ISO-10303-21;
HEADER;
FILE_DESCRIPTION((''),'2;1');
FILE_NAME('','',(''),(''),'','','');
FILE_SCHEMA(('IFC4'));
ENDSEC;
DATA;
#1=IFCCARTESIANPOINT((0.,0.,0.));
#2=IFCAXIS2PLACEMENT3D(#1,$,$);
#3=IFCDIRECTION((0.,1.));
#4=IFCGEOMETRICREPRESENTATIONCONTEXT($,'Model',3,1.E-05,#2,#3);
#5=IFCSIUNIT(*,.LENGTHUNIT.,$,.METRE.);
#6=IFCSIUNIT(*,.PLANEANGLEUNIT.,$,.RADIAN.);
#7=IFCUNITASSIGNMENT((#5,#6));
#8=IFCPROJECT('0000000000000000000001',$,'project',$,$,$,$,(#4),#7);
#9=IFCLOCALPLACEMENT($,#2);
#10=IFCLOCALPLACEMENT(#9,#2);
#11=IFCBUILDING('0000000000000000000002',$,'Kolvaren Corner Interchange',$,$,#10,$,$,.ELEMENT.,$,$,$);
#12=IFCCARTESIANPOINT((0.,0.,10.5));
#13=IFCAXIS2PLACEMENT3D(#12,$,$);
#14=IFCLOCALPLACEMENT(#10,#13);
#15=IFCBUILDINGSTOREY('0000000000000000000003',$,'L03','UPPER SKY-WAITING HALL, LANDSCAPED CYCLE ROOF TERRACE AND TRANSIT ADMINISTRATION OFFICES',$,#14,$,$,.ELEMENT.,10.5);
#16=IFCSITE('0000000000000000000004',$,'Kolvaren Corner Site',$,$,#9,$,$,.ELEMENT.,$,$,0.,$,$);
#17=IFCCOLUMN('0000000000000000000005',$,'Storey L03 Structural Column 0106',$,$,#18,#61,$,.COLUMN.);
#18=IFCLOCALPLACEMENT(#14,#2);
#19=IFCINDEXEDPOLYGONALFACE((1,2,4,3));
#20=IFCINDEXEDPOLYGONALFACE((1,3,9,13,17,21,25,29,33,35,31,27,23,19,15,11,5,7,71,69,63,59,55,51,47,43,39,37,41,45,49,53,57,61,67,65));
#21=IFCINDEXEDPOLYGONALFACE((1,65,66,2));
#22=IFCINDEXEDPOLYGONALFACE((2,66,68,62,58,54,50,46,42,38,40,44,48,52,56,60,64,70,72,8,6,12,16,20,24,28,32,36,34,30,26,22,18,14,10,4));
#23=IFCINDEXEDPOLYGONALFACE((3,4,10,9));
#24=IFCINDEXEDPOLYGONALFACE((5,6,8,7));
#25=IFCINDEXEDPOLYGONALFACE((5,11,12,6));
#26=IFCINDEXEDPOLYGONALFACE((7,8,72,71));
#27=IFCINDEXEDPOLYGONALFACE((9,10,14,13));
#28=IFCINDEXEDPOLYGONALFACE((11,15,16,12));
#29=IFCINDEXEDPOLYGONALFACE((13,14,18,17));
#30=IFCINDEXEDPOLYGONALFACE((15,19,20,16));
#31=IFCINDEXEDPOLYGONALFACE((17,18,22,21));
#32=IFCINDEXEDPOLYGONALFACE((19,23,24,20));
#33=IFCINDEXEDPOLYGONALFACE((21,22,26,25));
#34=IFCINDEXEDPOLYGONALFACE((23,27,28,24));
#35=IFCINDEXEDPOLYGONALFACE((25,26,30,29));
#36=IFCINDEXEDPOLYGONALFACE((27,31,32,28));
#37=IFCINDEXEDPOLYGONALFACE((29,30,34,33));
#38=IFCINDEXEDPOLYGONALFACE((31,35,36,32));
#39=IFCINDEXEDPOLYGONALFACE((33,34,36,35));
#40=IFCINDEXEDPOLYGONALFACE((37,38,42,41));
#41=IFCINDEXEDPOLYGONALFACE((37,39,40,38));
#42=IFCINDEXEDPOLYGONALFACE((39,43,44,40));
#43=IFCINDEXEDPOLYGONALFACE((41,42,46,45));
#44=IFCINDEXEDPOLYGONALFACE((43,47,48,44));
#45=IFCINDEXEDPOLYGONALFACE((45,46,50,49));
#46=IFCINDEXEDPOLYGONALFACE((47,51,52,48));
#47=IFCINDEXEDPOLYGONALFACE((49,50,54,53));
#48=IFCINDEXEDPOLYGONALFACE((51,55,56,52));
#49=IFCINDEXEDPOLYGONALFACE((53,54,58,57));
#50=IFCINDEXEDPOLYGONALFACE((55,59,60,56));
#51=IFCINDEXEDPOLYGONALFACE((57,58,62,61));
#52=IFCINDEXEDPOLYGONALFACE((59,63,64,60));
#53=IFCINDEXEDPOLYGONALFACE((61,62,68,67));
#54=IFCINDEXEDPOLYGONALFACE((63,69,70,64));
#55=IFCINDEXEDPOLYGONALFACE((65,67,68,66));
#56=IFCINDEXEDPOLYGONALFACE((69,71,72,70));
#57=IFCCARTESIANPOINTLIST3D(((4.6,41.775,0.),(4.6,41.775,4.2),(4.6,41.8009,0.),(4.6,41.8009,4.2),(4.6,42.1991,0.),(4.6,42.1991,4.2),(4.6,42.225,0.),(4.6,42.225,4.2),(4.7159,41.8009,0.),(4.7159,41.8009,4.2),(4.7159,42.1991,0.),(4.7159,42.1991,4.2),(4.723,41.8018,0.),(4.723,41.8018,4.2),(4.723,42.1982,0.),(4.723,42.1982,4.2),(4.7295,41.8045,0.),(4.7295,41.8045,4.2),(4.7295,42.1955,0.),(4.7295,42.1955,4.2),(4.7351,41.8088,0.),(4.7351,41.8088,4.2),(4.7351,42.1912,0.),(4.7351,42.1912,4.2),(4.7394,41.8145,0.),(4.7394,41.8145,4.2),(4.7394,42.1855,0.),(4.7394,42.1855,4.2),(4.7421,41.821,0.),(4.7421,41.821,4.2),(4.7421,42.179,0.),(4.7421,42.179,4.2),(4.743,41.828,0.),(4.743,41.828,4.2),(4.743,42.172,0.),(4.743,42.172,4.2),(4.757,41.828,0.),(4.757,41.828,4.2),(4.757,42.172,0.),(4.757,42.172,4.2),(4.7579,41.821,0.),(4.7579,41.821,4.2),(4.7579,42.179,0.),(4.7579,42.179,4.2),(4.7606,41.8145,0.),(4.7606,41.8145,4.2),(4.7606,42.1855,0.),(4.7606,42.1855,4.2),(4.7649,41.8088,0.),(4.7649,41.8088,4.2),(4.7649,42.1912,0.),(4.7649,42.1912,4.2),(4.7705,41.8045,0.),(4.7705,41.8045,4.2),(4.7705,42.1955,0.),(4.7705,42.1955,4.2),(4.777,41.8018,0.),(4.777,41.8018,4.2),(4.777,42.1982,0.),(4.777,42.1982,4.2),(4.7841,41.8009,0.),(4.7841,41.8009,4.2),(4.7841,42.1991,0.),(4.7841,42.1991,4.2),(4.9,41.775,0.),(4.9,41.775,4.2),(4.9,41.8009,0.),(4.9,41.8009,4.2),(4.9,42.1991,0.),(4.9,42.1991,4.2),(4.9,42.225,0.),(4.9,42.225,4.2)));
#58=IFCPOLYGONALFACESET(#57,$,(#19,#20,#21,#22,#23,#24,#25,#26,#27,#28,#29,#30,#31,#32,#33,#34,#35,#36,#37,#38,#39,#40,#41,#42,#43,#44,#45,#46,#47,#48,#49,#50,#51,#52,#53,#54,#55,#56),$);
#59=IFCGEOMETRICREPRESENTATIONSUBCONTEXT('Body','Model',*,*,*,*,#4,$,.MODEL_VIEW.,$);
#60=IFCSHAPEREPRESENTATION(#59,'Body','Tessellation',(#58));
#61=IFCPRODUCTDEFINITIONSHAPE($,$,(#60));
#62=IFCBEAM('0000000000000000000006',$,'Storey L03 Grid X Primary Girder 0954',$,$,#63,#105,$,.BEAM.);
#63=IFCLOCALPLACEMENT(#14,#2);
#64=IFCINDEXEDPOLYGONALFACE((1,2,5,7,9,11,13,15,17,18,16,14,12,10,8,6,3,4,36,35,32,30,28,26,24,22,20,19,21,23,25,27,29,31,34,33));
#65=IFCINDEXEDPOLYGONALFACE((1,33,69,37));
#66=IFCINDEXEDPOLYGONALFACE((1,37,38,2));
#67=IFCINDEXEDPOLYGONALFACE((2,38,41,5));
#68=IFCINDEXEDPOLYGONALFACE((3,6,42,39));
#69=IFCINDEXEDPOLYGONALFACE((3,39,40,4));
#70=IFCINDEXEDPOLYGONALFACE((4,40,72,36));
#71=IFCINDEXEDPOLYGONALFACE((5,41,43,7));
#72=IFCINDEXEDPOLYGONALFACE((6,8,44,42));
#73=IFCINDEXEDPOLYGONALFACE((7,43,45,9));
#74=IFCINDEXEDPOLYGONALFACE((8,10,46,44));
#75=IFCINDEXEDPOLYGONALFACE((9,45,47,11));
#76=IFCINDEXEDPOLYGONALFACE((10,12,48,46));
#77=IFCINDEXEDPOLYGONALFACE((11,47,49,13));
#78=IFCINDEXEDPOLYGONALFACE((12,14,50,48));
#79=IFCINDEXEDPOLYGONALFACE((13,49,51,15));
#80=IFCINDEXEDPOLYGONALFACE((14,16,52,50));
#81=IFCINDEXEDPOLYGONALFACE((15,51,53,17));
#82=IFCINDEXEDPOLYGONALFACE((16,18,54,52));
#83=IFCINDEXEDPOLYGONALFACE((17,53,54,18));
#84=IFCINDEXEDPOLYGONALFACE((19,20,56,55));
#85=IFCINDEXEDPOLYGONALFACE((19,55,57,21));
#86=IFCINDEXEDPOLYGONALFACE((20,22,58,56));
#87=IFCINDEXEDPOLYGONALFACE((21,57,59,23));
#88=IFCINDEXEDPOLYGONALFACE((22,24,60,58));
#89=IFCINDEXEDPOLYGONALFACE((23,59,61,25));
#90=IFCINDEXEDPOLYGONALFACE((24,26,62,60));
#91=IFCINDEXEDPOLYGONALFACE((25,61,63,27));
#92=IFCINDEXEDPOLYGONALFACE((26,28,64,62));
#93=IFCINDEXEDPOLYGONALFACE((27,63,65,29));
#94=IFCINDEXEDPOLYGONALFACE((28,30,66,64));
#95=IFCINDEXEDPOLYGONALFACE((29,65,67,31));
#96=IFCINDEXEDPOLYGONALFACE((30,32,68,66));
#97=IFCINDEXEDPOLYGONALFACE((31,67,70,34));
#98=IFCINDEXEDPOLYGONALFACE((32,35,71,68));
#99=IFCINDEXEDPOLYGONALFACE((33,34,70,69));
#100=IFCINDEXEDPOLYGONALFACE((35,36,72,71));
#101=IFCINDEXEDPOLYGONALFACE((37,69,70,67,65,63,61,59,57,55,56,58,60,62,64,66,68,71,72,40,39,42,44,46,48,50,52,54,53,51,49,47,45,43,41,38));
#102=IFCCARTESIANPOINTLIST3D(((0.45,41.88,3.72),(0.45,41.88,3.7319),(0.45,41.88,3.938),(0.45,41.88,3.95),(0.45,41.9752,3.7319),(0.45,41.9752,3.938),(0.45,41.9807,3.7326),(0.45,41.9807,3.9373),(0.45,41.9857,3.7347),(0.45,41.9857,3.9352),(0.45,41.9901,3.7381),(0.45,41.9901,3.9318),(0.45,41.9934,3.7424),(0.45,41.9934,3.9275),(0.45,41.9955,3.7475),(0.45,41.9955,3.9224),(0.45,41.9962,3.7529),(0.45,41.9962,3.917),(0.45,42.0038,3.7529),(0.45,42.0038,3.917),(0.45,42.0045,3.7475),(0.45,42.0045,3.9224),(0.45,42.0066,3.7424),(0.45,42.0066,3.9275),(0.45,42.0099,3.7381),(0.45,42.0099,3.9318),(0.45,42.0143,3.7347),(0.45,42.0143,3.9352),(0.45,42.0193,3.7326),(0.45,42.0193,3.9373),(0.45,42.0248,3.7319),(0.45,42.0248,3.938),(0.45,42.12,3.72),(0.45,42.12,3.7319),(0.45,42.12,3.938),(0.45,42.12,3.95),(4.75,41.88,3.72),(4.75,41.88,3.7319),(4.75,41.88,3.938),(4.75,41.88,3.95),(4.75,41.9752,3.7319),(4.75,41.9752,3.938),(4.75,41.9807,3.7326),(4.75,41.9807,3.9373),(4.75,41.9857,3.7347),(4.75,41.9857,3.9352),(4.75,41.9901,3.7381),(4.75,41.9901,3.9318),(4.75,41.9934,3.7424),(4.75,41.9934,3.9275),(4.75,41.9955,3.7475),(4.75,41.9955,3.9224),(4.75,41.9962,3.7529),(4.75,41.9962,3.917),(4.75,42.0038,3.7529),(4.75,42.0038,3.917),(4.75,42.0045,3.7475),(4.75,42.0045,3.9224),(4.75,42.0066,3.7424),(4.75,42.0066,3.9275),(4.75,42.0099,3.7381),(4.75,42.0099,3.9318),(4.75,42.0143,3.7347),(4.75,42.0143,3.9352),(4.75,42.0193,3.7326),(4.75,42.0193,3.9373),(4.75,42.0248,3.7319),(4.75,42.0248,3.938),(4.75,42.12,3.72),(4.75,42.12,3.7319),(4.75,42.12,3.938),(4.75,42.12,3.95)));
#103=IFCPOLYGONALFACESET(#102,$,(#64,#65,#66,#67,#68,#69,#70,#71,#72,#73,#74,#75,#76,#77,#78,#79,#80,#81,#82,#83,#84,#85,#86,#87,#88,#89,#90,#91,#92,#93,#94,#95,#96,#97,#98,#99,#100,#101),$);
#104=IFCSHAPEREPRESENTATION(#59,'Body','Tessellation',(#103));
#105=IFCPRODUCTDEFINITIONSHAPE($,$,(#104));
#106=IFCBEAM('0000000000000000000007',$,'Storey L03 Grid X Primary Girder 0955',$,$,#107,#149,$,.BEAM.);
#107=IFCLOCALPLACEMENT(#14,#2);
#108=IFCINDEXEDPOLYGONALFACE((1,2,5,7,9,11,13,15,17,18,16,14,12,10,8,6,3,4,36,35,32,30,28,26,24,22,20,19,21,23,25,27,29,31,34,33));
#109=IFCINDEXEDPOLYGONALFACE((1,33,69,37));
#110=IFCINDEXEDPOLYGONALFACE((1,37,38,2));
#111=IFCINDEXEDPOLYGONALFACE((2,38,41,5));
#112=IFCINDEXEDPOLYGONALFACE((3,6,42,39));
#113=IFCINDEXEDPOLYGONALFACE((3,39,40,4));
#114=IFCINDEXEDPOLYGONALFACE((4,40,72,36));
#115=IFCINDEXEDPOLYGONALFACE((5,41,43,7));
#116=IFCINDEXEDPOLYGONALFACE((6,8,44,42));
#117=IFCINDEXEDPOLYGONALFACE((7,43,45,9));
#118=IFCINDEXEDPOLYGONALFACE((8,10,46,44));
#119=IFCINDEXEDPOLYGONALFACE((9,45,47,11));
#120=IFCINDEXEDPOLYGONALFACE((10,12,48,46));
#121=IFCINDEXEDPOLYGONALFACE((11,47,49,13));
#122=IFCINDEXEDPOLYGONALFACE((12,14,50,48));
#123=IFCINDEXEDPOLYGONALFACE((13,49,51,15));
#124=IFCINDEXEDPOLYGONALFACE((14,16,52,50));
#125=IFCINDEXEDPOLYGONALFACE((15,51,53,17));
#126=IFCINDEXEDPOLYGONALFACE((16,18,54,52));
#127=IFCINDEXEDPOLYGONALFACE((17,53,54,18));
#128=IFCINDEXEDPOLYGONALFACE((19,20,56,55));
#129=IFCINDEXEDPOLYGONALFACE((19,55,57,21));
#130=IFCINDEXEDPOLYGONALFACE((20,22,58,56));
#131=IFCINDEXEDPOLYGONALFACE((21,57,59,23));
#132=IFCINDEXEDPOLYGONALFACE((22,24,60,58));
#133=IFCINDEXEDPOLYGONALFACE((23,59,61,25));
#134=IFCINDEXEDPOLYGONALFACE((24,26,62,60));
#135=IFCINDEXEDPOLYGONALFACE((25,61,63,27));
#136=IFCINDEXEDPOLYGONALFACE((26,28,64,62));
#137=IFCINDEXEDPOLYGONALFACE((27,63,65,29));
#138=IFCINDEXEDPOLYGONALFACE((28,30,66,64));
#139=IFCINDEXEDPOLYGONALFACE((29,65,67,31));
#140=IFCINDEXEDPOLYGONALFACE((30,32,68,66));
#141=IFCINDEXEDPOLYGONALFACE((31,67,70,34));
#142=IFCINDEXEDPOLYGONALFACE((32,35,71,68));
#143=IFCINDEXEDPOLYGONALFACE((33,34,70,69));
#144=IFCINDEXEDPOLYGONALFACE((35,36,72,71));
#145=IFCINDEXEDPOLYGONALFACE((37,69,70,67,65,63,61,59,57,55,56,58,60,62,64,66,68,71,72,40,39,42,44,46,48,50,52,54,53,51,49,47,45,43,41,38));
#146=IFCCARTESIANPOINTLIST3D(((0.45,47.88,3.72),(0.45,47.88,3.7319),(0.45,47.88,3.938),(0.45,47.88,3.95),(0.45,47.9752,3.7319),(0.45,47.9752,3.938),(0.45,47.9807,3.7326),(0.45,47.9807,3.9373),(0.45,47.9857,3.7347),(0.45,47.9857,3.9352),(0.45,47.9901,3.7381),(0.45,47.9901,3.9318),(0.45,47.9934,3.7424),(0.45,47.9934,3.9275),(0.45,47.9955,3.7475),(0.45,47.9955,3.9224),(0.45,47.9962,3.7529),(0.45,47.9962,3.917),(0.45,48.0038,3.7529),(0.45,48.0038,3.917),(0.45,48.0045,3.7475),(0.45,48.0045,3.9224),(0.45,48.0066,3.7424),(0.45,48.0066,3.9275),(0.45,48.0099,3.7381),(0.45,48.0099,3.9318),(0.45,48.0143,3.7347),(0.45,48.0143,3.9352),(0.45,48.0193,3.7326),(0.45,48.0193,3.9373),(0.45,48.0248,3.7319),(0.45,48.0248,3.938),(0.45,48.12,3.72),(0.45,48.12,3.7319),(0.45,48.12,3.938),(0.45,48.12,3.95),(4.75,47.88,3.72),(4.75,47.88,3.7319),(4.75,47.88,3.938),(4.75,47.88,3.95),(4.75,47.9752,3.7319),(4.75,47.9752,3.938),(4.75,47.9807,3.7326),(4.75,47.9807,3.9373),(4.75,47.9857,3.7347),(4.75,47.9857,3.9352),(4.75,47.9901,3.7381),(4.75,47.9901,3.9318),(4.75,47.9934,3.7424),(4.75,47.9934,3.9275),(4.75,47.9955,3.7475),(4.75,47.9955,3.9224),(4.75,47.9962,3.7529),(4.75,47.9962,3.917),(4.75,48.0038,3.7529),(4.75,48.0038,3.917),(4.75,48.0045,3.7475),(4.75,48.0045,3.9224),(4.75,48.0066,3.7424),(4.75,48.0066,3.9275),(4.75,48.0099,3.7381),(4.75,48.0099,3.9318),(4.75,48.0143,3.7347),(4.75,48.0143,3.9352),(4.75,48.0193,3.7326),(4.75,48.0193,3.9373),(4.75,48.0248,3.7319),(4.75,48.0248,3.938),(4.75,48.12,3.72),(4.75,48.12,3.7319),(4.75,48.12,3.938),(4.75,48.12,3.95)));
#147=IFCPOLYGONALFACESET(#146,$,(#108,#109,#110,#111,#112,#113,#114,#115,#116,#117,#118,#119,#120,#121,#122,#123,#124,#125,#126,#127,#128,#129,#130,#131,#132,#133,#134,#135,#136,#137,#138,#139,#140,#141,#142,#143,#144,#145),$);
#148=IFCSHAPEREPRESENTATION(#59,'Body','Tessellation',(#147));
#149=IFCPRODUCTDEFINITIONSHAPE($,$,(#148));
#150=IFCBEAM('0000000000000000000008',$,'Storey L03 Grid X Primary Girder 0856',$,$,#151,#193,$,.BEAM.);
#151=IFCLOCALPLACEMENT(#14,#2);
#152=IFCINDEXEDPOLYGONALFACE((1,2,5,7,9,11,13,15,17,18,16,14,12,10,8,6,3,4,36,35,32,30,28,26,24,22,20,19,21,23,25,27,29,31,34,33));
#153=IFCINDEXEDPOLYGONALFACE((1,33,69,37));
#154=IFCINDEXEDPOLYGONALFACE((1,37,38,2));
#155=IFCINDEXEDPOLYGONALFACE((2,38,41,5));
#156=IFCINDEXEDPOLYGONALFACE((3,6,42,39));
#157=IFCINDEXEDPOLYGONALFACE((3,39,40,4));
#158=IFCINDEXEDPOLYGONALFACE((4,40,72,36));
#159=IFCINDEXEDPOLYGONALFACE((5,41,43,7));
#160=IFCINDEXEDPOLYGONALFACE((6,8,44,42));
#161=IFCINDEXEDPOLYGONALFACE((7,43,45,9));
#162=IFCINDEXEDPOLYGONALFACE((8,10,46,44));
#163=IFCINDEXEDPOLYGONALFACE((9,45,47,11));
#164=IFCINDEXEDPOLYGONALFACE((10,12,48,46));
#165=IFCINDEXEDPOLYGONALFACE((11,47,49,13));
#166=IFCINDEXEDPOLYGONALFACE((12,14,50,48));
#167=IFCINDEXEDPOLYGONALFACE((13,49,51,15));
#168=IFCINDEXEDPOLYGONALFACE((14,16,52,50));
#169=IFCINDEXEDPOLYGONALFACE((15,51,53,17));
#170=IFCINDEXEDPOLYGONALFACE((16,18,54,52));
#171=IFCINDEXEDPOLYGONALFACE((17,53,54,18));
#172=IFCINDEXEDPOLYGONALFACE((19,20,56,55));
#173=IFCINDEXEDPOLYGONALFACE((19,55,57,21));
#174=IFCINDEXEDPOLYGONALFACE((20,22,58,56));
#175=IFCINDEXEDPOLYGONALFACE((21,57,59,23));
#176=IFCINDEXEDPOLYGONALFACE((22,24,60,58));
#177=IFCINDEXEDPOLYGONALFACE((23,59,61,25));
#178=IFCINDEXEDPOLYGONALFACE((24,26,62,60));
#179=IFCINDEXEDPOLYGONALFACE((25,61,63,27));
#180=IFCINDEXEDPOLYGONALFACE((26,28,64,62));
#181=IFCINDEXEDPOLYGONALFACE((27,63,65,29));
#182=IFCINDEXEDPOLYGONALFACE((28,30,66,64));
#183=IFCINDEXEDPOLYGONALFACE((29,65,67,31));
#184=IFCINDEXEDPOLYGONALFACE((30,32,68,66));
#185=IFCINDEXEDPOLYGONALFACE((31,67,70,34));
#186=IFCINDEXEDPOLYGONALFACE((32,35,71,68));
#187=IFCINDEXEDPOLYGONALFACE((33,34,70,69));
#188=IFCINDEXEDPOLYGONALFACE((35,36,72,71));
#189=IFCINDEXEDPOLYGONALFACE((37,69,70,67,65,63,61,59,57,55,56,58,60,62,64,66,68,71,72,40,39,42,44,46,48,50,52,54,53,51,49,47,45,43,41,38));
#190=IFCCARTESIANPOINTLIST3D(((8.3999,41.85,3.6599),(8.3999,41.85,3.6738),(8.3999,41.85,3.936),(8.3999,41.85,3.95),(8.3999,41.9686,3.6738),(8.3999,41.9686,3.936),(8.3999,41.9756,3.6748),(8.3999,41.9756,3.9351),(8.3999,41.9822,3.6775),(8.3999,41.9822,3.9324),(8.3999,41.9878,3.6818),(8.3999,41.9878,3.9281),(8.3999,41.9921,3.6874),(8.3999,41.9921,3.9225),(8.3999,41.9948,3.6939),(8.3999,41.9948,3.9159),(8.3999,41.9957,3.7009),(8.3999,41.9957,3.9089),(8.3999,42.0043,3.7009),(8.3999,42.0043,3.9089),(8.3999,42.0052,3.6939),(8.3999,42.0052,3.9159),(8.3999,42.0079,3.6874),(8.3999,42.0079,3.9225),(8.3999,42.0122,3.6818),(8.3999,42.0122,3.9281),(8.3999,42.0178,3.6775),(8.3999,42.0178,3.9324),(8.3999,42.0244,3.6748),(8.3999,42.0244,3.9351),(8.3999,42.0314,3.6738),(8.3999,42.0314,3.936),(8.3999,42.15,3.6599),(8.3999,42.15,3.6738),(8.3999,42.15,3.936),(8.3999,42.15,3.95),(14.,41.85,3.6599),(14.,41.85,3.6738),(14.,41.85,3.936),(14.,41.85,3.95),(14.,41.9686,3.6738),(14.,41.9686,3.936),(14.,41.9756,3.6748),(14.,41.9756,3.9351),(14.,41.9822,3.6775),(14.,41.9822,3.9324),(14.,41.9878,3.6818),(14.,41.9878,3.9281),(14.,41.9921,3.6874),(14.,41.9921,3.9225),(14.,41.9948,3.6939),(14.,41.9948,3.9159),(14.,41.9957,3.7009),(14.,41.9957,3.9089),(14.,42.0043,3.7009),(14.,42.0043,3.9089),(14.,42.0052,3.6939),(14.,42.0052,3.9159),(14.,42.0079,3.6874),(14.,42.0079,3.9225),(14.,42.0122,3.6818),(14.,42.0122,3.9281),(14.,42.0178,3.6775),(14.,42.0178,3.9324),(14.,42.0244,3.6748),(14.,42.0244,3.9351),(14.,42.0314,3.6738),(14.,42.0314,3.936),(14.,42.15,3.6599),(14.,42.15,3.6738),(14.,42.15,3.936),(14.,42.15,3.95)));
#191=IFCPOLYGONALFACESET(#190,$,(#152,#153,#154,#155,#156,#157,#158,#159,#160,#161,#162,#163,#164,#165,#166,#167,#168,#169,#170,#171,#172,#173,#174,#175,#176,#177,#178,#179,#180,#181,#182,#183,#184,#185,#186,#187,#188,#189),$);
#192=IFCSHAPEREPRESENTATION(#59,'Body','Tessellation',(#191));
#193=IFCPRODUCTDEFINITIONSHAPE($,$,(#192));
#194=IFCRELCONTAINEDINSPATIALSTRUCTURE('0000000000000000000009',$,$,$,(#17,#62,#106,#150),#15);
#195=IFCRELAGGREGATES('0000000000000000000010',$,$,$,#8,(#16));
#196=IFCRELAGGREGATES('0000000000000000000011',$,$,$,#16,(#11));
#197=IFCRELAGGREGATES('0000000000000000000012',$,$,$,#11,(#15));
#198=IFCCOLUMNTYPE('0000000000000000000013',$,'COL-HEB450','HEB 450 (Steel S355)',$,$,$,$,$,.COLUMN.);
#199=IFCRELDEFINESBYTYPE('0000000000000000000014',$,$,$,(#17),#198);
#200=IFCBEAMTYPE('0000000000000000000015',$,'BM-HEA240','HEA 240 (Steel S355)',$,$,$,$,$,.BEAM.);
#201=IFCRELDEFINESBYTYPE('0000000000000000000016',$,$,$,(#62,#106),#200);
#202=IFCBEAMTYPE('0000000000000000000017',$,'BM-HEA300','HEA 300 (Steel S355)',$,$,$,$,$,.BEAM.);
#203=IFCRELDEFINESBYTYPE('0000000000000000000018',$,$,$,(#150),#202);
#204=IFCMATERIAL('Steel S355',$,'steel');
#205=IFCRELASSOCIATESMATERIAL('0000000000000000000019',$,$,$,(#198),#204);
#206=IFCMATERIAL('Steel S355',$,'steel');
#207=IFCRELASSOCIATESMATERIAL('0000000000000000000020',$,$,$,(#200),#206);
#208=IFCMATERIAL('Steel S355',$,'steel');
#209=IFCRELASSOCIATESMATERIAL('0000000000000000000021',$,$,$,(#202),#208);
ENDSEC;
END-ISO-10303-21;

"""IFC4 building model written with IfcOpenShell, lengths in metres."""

from ifc_helpers import new_model, si_unit, direction, frame, origin, origin_2d, place, context, subcontext, project, spatial, i_section, extrude, material, material_profile, profile_set, type_object, element, save


model = new_model("IFC4")

# Units and contexts
model_context = context("Model", 3, precision=1e-05, world=origin(), true_north=direction((0.0, 1.0)))
body_context = subcontext(model_context, "Body", "Model", "MODEL_VIEW")
ifc_project = project(units=[si_unit("LENGTHUNIT", "METRE"), si_unit("PLANEANGLEUNIT", "RADIAN")], contexts=[model_context])

# Site, building, storey
site_placement = place(None, origin())
site = spatial("IfcSite", under=ifc_project, at=site_placement, Name="Kolvaren Corner Site", CompositionType="ELEMENT", RefElevation=0.0)
building_placement = place(site_placement, origin())
building = spatial("IfcBuilding", under=site, at=building_placement, Name="Kolvaren Corner Interchange", CompositionType="ELEMENT")
storey_placement = place(building_placement, frame((0.0, 0.0, 10.5)))
storey = spatial("IfcBuildingStorey", under=building, at=storey_placement, Name="L03", Description="UPPER SKY-WAITING HALL, LANDSCAPED CYCLE ROOF TERRACE AND TRANSIT ADMINISTRATION OFFICES", CompositionType="ELEMENT", Elevation=10.5)

# Column
ifc_material_1 = material(Name="Steel S355", Category="steel")
ifc_material_profile_1 = material_profile(ifc_material_1, i_section(OverallWidth=0.3, OverallDepth=0.45, WebThickness=0.0139, FlangeThickness=0.0259, FilletRadius=0.0271, at=origin_2d()), Name="HEB 450")
ifc_profile_set_1 = profile_set([ifc_material_profile_1], Name="Steel S355")
column_type_1 = type_object("IfcColumnType", Name="COL-HEB450", Description="HEB 450 (Steel S355)", PredefinedType="COLUMN", material=ifc_profile_set_1)
column_placement = place(storey_placement, frame((4.75, 42.0, 0.0), z_axis=(0.0, 0.0, 1.0), x_axis=(1.0, 0.0, 0.0)))
element("IfcColumn", 1, at=column_placement, inside=storey, type_object=column_type_1, Name="Storey L03 Structural Column 0106", PredefinedType="COLUMN", context=body_context, shape_type="SweptSolid", body=[
    extrude(i_section(OverallWidth=0.3, OverallDepth=0.45, WebThickness=0.0139, FlangeThickness=0.0259, FilletRadius=0.0271, at=origin_2d()), origin(), (0.0, 0.0, 1.0), 4.2),
])

# Beams
ifc_material_2 = material(Name="Steel S355", Category="steel")
ifc_material_profile_2 = material_profile(ifc_material_2, i_section(OverallWidth=0.24, OverallDepth=0.23, WebThickness=0.0076, FlangeThickness=0.012, FilletRadius=0.021, at=origin_2d()), Name="HEA 240")
ifc_profile_set_2 = profile_set([ifc_material_profile_2], Name="Steel S355")
beam_type_1 = type_object("IfcBeamType", Name="BM-HEA240", Description="HEA 240 (Steel S355)", PredefinedType="BEAM", material=ifc_profile_set_2)
for number, where, z_axis, x_axis, name in (
    (2, (0.45, 42.0, 3.835), (1.0, 0.0, 0.0), (0.0, 1.0, 0.0), "Storey L03 Grid X Primary Girder 0954"),
    (3, (0.45, 48.0, 3.835), (1.0, 0.0, 0.0), (0.0, 1.0, 0.0), "Storey L03 Grid X Primary Girder 0955"),
):
    element("IfcBeam", number, at=place(storey_placement, frame(where, z_axis=z_axis, x_axis=x_axis)), inside=storey, type_object=beam_type_1, Name=name, PredefinedType="BEAM", context=body_context, shape_type="SweptSolid", body=[
        extrude(i_section(OverallWidth=0.24, OverallDepth=0.23, WebThickness=0.0076, FlangeThickness=0.012, FilletRadius=0.021, at=origin_2d()), origin(), (0.0, 0.0, 1.0), 4.3),
    ])
ifc_material_3 = material(Name="Steel S355", Category="steel")
ifc_material_profile_3 = material_profile(ifc_material_3, i_section(OverallWidth=0.3, OverallDepth=0.29, WebThickness=0.0085, FlangeThickness=0.0139, FilletRadius=0.0271, at=origin_2d()), Name="HEA 300")
ifc_profile_set_3 = profile_set([ifc_material_profile_3], Name="Steel S355")
beam_type_2 = type_object("IfcBeamType", Name="BM-HEA300", Description="HEA 300 (Steel S355)", PredefinedType="BEAM", material=ifc_profile_set_3)
for number, where, z_axis, x_axis, name in (
    (4, (8.3999, 42.0, 3.8049), (1.0, 0.0, 0.0), (0.0, 1.0, 0.0), "Storey L03 Grid X Primary Girder 0856"),
):
    element("IfcBeam", number, at=place(storey_placement, frame(where, z_axis=z_axis, x_axis=x_axis)), inside=storey, type_object=beam_type_2, Name=name, PredefinedType="BEAM", context=body_context, shape_type="SweptSolid", body=[
        extrude(i_section(OverallWidth=0.3, OverallDepth=0.29, WebThickness=0.0085, FlangeThickness=0.0139, FilletRadius=0.0271, at=origin_2d()), origin(), (0.0, 0.0, 1.0), 5.6001),
    ])

save(model, "model.ifc")
